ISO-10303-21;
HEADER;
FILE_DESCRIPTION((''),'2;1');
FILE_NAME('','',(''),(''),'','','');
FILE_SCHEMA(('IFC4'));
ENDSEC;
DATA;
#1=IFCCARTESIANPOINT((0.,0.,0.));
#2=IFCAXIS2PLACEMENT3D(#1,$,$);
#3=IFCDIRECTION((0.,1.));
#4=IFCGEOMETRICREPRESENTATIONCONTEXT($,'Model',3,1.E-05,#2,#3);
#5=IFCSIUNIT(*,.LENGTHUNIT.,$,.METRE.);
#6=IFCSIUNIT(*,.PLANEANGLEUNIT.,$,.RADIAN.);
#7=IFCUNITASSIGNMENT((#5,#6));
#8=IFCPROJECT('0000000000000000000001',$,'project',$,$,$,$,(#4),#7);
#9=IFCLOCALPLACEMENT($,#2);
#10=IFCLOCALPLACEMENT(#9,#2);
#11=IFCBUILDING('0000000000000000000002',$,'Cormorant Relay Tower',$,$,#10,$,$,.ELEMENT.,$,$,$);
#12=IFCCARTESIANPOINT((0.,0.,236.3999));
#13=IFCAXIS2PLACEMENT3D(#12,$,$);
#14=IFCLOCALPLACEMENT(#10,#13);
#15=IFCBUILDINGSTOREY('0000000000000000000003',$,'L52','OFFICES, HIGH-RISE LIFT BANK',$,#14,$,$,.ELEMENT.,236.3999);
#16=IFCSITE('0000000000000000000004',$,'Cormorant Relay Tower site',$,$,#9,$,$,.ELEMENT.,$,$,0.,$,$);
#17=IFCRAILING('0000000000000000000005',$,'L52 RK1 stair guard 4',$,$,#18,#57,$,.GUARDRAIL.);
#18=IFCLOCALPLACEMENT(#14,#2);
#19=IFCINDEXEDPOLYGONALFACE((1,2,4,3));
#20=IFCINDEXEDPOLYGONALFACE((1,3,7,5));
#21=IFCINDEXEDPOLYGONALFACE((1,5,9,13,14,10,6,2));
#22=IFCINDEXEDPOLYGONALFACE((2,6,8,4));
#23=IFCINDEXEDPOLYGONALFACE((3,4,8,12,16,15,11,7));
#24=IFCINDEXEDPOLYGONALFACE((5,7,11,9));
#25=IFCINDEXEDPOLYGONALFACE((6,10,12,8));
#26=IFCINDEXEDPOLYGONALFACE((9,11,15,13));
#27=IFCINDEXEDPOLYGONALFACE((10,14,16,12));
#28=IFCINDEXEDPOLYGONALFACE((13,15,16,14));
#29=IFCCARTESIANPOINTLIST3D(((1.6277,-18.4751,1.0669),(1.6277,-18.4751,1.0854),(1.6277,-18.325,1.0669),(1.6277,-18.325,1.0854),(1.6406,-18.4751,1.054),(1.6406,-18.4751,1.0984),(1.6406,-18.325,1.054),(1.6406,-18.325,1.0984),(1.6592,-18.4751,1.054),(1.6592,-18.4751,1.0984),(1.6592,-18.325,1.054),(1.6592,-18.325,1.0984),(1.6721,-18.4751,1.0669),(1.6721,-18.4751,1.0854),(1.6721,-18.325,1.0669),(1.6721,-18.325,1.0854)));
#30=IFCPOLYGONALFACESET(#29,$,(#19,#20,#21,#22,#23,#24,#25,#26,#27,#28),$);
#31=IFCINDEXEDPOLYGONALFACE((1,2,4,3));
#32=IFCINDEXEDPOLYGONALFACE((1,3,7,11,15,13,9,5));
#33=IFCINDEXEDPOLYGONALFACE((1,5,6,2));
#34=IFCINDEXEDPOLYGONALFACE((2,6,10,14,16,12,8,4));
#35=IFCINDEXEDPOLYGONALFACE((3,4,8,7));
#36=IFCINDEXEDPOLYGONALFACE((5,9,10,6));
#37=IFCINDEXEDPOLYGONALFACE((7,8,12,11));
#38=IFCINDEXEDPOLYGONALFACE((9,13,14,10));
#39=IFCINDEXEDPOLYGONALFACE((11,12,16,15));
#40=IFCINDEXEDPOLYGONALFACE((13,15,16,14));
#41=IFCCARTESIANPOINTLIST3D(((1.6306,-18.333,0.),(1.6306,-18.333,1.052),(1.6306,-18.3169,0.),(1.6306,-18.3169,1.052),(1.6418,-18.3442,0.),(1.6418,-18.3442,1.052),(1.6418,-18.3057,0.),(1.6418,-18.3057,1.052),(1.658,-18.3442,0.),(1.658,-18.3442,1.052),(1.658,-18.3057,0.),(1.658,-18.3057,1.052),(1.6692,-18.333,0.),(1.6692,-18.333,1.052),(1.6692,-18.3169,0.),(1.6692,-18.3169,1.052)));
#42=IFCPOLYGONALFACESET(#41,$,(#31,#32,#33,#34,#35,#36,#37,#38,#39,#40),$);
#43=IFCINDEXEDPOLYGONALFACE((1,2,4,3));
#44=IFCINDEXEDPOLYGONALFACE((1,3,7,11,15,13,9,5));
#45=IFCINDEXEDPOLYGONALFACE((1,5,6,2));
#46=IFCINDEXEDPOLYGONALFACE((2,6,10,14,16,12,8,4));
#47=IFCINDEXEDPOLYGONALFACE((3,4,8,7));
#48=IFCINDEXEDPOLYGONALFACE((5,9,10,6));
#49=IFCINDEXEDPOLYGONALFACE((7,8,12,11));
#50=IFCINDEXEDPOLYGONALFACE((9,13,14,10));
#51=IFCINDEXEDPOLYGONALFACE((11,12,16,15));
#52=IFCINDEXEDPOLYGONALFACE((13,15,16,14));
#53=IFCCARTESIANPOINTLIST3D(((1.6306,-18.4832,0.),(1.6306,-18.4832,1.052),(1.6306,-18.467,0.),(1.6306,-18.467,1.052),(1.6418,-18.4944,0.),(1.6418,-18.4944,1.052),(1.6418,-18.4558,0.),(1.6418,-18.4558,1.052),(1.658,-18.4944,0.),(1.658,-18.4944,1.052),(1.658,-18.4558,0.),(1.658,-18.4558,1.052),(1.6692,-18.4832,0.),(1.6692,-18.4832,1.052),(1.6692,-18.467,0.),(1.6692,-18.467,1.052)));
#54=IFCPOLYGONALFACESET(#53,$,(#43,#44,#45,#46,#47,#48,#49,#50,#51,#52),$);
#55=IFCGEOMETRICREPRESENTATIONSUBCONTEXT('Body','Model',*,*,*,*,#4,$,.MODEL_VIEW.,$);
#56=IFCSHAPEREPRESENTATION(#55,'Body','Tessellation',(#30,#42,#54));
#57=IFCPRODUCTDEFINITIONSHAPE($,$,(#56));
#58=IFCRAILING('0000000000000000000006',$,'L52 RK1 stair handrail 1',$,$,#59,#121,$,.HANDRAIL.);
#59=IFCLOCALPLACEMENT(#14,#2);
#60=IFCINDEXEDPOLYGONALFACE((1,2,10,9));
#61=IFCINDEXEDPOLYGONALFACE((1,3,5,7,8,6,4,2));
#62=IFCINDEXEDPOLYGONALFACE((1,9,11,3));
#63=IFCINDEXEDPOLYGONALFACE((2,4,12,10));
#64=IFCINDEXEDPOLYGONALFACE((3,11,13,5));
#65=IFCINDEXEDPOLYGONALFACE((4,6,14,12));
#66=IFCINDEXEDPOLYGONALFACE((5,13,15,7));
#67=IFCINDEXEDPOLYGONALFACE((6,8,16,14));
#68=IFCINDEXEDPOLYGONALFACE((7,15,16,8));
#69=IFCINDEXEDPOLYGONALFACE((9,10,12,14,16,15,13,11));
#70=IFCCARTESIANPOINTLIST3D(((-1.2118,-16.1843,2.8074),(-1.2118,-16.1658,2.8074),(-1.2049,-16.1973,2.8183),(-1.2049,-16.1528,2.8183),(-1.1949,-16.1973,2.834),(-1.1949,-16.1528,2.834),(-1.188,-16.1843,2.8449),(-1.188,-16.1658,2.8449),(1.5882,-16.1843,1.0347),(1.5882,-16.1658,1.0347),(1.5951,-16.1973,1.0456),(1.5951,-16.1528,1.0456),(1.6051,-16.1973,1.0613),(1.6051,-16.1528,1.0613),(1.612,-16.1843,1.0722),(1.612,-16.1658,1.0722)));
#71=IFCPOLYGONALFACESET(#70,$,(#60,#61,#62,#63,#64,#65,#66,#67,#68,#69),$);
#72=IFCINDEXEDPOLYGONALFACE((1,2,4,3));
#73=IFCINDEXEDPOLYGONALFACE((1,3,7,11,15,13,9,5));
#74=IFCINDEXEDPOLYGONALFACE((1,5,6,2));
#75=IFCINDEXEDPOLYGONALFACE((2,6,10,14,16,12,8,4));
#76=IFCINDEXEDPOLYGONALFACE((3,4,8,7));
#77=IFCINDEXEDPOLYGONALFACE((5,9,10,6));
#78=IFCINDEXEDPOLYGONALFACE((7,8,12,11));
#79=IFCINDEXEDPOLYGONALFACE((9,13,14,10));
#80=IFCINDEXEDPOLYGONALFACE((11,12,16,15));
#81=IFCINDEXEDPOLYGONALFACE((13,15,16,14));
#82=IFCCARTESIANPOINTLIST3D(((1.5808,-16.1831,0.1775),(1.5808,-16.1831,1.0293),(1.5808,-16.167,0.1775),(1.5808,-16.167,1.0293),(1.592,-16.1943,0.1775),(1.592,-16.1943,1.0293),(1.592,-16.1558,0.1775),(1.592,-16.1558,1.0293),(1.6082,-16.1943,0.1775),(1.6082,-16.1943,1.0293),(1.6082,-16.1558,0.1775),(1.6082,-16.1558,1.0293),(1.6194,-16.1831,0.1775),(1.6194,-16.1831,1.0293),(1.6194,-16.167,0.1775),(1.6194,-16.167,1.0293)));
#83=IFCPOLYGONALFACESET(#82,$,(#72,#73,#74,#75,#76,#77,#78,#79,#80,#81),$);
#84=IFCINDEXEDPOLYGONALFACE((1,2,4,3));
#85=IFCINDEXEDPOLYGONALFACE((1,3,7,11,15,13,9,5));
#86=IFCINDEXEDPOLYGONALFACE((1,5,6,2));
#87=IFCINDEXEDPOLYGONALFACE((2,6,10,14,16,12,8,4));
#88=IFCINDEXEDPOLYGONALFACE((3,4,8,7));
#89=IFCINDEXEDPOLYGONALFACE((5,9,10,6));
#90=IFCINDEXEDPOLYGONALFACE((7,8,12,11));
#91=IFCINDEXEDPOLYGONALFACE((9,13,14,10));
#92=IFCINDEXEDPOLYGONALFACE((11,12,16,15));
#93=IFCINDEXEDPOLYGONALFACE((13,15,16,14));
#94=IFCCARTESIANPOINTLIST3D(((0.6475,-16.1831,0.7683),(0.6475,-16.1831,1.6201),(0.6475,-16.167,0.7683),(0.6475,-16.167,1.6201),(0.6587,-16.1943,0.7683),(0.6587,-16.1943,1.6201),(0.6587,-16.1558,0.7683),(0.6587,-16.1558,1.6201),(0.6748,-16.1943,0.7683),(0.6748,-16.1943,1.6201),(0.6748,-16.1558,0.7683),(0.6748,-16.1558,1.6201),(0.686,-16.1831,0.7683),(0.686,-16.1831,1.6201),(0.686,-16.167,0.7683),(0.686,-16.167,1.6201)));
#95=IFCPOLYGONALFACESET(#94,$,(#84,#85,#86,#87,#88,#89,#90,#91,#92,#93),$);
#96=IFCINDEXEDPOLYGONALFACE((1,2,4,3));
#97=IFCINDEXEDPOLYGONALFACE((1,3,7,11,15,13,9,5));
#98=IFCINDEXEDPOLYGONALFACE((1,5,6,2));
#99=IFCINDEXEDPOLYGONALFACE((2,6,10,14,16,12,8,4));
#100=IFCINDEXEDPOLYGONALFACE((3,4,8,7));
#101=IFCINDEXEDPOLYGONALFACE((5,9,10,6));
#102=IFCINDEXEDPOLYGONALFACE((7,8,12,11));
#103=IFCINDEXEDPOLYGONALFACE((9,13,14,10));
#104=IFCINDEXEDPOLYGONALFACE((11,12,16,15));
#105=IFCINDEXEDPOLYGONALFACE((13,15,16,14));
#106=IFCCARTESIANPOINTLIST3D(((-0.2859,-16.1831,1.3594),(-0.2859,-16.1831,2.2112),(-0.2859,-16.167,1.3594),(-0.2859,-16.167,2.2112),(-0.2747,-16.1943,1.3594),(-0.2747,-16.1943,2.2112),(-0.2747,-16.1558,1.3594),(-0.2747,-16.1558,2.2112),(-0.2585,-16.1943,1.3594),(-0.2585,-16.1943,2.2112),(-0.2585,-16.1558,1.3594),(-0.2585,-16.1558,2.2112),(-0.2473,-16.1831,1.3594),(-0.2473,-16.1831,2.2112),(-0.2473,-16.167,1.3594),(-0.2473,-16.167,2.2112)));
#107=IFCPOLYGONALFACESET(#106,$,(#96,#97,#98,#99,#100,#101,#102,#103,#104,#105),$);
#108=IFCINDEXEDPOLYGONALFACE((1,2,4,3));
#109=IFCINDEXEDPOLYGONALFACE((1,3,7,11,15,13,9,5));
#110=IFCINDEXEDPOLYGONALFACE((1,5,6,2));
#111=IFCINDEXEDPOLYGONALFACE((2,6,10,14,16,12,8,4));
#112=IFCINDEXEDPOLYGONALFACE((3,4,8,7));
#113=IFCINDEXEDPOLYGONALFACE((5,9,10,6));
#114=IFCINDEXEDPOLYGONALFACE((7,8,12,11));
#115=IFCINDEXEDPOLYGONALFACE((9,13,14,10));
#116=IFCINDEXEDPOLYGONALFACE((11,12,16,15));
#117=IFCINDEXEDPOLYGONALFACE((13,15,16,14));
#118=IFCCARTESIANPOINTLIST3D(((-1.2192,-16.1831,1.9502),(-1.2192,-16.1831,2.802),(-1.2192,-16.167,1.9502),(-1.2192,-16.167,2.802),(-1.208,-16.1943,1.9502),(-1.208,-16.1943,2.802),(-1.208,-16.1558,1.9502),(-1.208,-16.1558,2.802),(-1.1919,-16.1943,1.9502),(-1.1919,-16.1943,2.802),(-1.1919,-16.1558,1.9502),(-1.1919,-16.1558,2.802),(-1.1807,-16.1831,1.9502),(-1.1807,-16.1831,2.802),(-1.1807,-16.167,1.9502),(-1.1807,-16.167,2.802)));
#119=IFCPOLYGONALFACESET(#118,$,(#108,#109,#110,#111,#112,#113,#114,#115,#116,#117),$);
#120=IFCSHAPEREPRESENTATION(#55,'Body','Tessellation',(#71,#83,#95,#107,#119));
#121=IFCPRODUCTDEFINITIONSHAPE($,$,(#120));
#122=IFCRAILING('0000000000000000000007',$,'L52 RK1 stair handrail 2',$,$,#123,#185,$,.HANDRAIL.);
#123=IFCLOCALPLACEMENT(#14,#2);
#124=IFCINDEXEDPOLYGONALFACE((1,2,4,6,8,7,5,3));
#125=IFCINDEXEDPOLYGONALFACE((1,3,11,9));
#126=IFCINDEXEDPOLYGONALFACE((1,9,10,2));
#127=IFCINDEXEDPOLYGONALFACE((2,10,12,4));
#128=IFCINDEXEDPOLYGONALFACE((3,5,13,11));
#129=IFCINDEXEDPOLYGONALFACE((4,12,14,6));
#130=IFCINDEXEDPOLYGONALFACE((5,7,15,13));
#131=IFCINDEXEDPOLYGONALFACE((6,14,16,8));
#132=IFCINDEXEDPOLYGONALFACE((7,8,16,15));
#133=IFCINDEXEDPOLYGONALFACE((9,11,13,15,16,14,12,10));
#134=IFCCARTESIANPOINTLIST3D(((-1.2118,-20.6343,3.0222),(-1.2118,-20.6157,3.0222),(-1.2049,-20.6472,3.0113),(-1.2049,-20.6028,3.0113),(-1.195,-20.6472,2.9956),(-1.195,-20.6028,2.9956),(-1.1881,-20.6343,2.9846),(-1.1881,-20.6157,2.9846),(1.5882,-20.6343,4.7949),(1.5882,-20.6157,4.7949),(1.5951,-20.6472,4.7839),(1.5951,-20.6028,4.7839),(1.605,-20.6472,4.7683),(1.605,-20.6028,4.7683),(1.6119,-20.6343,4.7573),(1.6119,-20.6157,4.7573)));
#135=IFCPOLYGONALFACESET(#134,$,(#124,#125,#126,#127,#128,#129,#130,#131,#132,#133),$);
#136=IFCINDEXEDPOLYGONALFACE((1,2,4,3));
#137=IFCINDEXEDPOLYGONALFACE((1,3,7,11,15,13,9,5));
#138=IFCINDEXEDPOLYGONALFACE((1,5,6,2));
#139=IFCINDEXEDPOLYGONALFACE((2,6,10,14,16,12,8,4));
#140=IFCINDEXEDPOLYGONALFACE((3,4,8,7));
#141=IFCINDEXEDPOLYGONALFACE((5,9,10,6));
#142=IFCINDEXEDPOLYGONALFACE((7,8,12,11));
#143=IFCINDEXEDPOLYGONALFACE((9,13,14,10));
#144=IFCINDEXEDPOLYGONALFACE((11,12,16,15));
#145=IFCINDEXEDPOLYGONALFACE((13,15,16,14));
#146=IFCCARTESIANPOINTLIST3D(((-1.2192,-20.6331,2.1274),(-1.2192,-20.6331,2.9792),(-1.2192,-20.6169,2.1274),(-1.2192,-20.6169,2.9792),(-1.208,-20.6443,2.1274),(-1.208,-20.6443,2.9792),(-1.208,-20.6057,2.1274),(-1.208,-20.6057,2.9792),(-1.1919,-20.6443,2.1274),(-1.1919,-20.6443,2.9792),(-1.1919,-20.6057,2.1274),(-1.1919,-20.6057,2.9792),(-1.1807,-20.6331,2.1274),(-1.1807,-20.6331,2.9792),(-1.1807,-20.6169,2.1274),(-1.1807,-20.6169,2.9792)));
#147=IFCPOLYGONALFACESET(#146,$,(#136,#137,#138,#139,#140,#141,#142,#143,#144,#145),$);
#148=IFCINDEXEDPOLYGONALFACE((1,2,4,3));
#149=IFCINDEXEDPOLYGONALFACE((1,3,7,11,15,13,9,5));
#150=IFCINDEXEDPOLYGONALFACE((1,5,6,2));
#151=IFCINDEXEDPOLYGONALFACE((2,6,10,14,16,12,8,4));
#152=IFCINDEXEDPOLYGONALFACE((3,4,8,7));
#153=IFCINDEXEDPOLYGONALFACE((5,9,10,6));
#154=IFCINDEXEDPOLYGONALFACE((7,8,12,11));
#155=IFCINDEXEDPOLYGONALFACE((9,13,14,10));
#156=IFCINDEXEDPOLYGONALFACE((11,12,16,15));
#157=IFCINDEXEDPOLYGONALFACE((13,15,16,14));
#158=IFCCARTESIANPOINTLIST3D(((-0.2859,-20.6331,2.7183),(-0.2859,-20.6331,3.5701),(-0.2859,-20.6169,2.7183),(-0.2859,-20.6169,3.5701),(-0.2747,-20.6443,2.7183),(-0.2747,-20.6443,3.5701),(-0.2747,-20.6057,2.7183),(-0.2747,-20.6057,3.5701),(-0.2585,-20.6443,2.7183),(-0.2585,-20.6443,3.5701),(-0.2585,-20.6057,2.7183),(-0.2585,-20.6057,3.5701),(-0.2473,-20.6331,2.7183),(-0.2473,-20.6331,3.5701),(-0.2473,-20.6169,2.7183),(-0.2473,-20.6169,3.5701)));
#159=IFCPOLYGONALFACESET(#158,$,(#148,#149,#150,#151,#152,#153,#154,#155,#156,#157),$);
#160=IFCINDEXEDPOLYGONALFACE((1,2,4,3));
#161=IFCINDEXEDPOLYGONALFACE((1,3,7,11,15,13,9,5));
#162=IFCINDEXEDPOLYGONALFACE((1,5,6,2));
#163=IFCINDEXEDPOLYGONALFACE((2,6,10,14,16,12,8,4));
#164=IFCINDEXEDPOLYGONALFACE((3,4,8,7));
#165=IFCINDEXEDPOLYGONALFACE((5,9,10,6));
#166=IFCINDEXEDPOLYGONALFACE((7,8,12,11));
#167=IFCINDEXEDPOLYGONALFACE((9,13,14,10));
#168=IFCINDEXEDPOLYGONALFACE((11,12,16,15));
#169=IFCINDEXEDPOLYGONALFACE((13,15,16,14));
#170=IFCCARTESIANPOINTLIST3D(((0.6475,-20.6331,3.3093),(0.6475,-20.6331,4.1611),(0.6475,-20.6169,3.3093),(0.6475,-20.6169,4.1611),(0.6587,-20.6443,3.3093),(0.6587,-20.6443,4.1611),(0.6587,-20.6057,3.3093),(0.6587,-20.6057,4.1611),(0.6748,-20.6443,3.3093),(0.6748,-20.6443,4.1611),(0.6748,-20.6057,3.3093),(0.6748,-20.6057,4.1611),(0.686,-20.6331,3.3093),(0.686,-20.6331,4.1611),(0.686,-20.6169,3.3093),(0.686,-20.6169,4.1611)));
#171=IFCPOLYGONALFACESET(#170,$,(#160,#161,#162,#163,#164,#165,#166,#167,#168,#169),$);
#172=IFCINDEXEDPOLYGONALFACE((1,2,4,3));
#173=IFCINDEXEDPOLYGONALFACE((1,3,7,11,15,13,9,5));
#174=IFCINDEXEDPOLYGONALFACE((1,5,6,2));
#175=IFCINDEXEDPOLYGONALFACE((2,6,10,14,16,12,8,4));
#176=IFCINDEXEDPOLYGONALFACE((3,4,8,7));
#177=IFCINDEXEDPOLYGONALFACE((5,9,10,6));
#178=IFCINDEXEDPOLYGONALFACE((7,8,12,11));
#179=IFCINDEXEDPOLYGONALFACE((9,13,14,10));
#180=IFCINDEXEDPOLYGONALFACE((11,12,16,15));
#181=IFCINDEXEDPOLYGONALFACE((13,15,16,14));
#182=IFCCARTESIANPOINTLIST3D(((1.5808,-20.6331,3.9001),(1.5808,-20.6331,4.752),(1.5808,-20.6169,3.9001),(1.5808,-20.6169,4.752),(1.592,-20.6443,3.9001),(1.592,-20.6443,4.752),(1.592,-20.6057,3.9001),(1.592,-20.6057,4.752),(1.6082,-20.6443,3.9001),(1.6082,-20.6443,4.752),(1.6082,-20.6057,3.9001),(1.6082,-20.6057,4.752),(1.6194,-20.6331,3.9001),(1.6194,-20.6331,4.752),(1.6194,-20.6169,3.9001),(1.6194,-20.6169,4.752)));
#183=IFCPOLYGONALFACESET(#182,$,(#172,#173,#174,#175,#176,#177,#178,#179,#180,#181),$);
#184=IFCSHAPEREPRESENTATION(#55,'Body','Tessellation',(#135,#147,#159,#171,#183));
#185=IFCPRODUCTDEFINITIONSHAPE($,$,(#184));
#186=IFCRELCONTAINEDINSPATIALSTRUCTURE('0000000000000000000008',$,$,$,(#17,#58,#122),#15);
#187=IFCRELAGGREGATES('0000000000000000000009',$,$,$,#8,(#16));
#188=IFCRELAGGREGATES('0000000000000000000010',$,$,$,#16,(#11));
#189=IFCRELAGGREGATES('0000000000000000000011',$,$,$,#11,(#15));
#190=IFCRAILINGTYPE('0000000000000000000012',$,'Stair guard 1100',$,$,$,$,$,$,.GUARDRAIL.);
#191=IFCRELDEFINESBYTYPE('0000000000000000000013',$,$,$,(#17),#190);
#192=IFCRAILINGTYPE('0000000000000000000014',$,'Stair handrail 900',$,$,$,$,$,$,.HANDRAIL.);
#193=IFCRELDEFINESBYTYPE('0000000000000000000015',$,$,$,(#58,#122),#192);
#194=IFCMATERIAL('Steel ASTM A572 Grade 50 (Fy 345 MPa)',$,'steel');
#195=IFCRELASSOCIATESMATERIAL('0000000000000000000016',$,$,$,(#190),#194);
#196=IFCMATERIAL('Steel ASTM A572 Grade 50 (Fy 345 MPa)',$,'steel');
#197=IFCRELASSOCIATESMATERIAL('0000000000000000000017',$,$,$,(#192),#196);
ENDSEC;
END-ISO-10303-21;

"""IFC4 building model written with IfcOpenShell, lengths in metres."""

from ifc_helpers import new_model, si_unit, direction, frame, origin, place, context, subcontext, project, spatial, polyline, outline, extrude, material, type_object, element, save


model = new_model("IFC4")

# Units and contexts
model_context = context("Model", 3, precision=1e-05, world=origin(), true_north=direction((0.0, 1.0)))
body_context = subcontext(model_context, "Body", "Model", "MODEL_VIEW")
ifc_project = project(units=[si_unit("LENGTHUNIT", "METRE"), si_unit("PLANEANGLEUNIT", "RADIAN")], contexts=[model_context])

# Site, building, storey
site_placement = place(None, origin())
site = spatial("IfcSite", under=ifc_project, at=site_placement, Name="Cormorant Relay Tower site", CompositionType="ELEMENT", RefElevation=0.0)
building_placement = place(site_placement, origin())
building = spatial("IfcBuilding", under=site, at=building_placement, Name="Cormorant Relay Tower", CompositionType="ELEMENT")
storey_placement = place(building_placement, frame((0.0, 0.0, 236.3999)))
storey = spatial("IfcBuildingStorey", under=building, at=storey_placement, Name="L52", Description="OFFICES, HIGH-RISE LIFT BANK", CompositionType="ELEMENT", Elevation=236.3999)

# Railings
ifc_material_1 = material(Name="Steel ASTM A572 Grade 50 (Fy 345 MPa)", Category="steel")
railing_type_1 = type_object("IfcRailingType", Name="Stair guard 1100", PredefinedType="GUARDRAIL", material=ifc_material_1)
railing_1_placement = place(storey_placement, frame((1.6499, -18.325, 0.0)))
element("IfcRailing", 1, at=railing_1_placement, inside=storey, type_object=railing_type_1, Name="L52 RK1 stair guard 4", PredefinedType="GUARDRAIL", context=body_context, shape_type="SweptSolid", body=[
    extrude(outline(polyline([(0.0222, 0.0093), (0.0093, 0.0222), (-0.0093, 0.0222), (-0.0222, 0.0093), (-0.0222, -0.0093), (-0.0093, -0.0222), (0.0093, -0.0222), (0.0222, -0.0093), (0.0222, 0.0093)])), frame((0.0, 0.0, 1.0762), z_axis=(0.0, -1.0, 0.0), x_axis=(1.0, 0.0, 0.0)), (0.0, 0.0, 1.0), 0.1501),
    extrude(outline(polyline([(0.0193, 0.0081), (0.0081, 0.0193), (-0.0081, 0.0193), (-0.0193, 0.0081), (-0.0193, -0.0081), (-0.0081, -0.0193), (0.0081, -0.0193), (0.0193, -0.0081), (0.0193, 0.0081)])), origin(), (0.0, 0.0, 1.0), 1.052),
    extrude(outline(polyline([(0.0193, 0.0081), (0.0081, 0.0193), (-0.0081, 0.0193), (-0.0193, 0.0081), (-0.0193, -0.0081), (-0.0081, -0.0193), (0.0081, -0.0193), (0.0193, -0.0081), (0.0193, 0.0081)])), frame((0.0, -0.1501, 0.0)), (0.0, 0.0, 1.0), 1.052),
])
ifc_material_2 = material(Name="Steel ASTM A572 Grade 50 (Fy 345 MPa)", Category="steel")
railing_type_2 = type_object("IfcRailingType", Name="Stair handrail 900", PredefinedType="HANDRAIL", material=ifc_material_2)
railing_2_placement = place(storey_placement, frame((1.6001, -16.175, 0.1775)))
element("IfcRailing", 2, at=railing_2_placement, inside=storey, type_object=railing_type_2, Name="L52 RK1 stair handrail 1", PredefinedType="HANDRAIL", context=body_context, shape_type="SweptSolid", body=[
    extrude(outline(polyline([(0.0222, 0.0093), (0.0093, 0.0222), (-0.0093, 0.0222), (-0.0222, 0.0093), (-0.0222, -0.0093), (-0.0093, -0.0222), (0.0093, -0.0222), (0.0222, -0.0093), (0.0222, 0.0093)])), frame((0.0, 0.0, 0.876), z_axis=(-0.844909, 0.0, 0.53491), x_axis=(0.0, -1.0, 0.0)), (0.0, 0.0, 1.0), 3.314),
    extrude(outline(polyline([(0.0193, 0.0081), (0.0081, 0.0193), (-0.0081, 0.0193), (-0.0193, 0.0081), (-0.0193, -0.0081), (-0.0081, -0.0193), (0.0081, -0.0193), (0.0193, -0.0081), (0.0193, 0.0081)])), origin(), (0.0, 0.0, 1.0), 0.8518),
    extrude(outline(polyline([(0.0193, 0.0081), (0.0081, 0.0193), (-0.0081, 0.0193), (-0.0193, 0.0081), (-0.0193, -0.0081), (-0.0081, -0.0193), (0.0081, -0.0193), (0.0193, -0.0081), (0.0193, 0.0081)])), frame((-0.9333, 0.0, 0.5908)), (0.0, 0.0, 1.0), 0.8518),
    extrude(outline(polyline([(0.0193, 0.0081), (0.0081, 0.0193), (-0.0081, 0.0193), (-0.0193, 0.0081), (-0.0193, -0.0081), (-0.0081, -0.0193), (0.0081, -0.0193), (0.0193, -0.0081), (0.0193, 0.0081)])), frame((-1.8667, 0.0, 1.1819)), (0.0, 0.0, 1.0), 0.8518),
    extrude(outline(polyline([(0.0193, 0.0081), (0.0081, 0.0193), (-0.0081, 0.0193), (-0.0193, 0.0081), (-0.0193, -0.0081), (-0.0081, -0.0193), (0.0081, -0.0193), (0.0193, -0.0081), (0.0193, 0.0081)])), frame((-2.8, 0.0, 1.7727)), (0.0, 0.0, 1.0), 0.8518),
])
railing_3_placement = place(storey_placement, frame((-1.2, -20.625, 2.1274)))
element("IfcRailing", 3, at=railing_3_placement, inside=storey, type_object=railing_type_2, Name="L52 RK1 stair handrail 2", PredefinedType="HANDRAIL", context=body_context, shape_type="SweptSolid", body=[
    extrude(outline(polyline([(0.0222, 0.0093), (0.0093, 0.0222), (-0.0093, 0.0222), (-0.0222, 0.0093), (-0.0222, -0.0093), (-0.0093, -0.0222), (0.0093, -0.0222), (0.0222, -0.0093), (0.0222, 0.0093)])), frame((0.0, 0.0, 0.876), z_axis=(0.844909, 0.0, 0.53491), x_axis=(0.0, 1.0, 0.0)), (0.0, 0.0, 1.0), 3.314),
    extrude(outline(polyline([(0.0193, 0.0081), (0.0081, 0.0193), (-0.0081, 0.0193), (-0.0193, 0.0081), (-0.0193, -0.0081), (-0.0081, -0.0193), (0.0081, -0.0193), (0.0193, -0.0081), (0.0193, 0.0081)])), origin(), (0.0, 0.0, 1.0), 0.8518),
    extrude(outline(polyline([(0.0193, 0.0081), (0.0081, 0.0193), (-0.0081, 0.0193), (-0.0193, 0.0081), (-0.0193, -0.0081), (-0.0081, -0.0193), (0.0081, -0.0193), (0.0193, -0.0081), (0.0193, 0.0081)])), frame((0.9333, 0.0, 0.5908)), (0.0, 0.0, 1.0), 0.8518),
    extrude(outline(polyline([(0.0193, 0.0081), (0.0081, 0.0193), (-0.0081, 0.0193), (-0.0193, 0.0081), (-0.0193, -0.0081), (-0.0081, -0.0193), (0.0081, -0.0193), (0.0193, -0.0081), (0.0193, 0.0081)])), frame((1.8667, 0.0, 1.1819)), (0.0, 0.0, 1.0), 0.8518),
    extrude(outline(polyline([(0.0193, 0.0081), (0.0081, 0.0193), (-0.0081, 0.0193), (-0.0193, 0.0081), (-0.0193, -0.0081), (-0.0081, -0.0193), (0.0081, -0.0193), (0.0193, -0.0081), (0.0193, 0.0081)])), frame((2.8, 0.0, 1.7727)), (0.0, 0.0, 1.0), 0.8518),
])

save(model, "model.ifc")
